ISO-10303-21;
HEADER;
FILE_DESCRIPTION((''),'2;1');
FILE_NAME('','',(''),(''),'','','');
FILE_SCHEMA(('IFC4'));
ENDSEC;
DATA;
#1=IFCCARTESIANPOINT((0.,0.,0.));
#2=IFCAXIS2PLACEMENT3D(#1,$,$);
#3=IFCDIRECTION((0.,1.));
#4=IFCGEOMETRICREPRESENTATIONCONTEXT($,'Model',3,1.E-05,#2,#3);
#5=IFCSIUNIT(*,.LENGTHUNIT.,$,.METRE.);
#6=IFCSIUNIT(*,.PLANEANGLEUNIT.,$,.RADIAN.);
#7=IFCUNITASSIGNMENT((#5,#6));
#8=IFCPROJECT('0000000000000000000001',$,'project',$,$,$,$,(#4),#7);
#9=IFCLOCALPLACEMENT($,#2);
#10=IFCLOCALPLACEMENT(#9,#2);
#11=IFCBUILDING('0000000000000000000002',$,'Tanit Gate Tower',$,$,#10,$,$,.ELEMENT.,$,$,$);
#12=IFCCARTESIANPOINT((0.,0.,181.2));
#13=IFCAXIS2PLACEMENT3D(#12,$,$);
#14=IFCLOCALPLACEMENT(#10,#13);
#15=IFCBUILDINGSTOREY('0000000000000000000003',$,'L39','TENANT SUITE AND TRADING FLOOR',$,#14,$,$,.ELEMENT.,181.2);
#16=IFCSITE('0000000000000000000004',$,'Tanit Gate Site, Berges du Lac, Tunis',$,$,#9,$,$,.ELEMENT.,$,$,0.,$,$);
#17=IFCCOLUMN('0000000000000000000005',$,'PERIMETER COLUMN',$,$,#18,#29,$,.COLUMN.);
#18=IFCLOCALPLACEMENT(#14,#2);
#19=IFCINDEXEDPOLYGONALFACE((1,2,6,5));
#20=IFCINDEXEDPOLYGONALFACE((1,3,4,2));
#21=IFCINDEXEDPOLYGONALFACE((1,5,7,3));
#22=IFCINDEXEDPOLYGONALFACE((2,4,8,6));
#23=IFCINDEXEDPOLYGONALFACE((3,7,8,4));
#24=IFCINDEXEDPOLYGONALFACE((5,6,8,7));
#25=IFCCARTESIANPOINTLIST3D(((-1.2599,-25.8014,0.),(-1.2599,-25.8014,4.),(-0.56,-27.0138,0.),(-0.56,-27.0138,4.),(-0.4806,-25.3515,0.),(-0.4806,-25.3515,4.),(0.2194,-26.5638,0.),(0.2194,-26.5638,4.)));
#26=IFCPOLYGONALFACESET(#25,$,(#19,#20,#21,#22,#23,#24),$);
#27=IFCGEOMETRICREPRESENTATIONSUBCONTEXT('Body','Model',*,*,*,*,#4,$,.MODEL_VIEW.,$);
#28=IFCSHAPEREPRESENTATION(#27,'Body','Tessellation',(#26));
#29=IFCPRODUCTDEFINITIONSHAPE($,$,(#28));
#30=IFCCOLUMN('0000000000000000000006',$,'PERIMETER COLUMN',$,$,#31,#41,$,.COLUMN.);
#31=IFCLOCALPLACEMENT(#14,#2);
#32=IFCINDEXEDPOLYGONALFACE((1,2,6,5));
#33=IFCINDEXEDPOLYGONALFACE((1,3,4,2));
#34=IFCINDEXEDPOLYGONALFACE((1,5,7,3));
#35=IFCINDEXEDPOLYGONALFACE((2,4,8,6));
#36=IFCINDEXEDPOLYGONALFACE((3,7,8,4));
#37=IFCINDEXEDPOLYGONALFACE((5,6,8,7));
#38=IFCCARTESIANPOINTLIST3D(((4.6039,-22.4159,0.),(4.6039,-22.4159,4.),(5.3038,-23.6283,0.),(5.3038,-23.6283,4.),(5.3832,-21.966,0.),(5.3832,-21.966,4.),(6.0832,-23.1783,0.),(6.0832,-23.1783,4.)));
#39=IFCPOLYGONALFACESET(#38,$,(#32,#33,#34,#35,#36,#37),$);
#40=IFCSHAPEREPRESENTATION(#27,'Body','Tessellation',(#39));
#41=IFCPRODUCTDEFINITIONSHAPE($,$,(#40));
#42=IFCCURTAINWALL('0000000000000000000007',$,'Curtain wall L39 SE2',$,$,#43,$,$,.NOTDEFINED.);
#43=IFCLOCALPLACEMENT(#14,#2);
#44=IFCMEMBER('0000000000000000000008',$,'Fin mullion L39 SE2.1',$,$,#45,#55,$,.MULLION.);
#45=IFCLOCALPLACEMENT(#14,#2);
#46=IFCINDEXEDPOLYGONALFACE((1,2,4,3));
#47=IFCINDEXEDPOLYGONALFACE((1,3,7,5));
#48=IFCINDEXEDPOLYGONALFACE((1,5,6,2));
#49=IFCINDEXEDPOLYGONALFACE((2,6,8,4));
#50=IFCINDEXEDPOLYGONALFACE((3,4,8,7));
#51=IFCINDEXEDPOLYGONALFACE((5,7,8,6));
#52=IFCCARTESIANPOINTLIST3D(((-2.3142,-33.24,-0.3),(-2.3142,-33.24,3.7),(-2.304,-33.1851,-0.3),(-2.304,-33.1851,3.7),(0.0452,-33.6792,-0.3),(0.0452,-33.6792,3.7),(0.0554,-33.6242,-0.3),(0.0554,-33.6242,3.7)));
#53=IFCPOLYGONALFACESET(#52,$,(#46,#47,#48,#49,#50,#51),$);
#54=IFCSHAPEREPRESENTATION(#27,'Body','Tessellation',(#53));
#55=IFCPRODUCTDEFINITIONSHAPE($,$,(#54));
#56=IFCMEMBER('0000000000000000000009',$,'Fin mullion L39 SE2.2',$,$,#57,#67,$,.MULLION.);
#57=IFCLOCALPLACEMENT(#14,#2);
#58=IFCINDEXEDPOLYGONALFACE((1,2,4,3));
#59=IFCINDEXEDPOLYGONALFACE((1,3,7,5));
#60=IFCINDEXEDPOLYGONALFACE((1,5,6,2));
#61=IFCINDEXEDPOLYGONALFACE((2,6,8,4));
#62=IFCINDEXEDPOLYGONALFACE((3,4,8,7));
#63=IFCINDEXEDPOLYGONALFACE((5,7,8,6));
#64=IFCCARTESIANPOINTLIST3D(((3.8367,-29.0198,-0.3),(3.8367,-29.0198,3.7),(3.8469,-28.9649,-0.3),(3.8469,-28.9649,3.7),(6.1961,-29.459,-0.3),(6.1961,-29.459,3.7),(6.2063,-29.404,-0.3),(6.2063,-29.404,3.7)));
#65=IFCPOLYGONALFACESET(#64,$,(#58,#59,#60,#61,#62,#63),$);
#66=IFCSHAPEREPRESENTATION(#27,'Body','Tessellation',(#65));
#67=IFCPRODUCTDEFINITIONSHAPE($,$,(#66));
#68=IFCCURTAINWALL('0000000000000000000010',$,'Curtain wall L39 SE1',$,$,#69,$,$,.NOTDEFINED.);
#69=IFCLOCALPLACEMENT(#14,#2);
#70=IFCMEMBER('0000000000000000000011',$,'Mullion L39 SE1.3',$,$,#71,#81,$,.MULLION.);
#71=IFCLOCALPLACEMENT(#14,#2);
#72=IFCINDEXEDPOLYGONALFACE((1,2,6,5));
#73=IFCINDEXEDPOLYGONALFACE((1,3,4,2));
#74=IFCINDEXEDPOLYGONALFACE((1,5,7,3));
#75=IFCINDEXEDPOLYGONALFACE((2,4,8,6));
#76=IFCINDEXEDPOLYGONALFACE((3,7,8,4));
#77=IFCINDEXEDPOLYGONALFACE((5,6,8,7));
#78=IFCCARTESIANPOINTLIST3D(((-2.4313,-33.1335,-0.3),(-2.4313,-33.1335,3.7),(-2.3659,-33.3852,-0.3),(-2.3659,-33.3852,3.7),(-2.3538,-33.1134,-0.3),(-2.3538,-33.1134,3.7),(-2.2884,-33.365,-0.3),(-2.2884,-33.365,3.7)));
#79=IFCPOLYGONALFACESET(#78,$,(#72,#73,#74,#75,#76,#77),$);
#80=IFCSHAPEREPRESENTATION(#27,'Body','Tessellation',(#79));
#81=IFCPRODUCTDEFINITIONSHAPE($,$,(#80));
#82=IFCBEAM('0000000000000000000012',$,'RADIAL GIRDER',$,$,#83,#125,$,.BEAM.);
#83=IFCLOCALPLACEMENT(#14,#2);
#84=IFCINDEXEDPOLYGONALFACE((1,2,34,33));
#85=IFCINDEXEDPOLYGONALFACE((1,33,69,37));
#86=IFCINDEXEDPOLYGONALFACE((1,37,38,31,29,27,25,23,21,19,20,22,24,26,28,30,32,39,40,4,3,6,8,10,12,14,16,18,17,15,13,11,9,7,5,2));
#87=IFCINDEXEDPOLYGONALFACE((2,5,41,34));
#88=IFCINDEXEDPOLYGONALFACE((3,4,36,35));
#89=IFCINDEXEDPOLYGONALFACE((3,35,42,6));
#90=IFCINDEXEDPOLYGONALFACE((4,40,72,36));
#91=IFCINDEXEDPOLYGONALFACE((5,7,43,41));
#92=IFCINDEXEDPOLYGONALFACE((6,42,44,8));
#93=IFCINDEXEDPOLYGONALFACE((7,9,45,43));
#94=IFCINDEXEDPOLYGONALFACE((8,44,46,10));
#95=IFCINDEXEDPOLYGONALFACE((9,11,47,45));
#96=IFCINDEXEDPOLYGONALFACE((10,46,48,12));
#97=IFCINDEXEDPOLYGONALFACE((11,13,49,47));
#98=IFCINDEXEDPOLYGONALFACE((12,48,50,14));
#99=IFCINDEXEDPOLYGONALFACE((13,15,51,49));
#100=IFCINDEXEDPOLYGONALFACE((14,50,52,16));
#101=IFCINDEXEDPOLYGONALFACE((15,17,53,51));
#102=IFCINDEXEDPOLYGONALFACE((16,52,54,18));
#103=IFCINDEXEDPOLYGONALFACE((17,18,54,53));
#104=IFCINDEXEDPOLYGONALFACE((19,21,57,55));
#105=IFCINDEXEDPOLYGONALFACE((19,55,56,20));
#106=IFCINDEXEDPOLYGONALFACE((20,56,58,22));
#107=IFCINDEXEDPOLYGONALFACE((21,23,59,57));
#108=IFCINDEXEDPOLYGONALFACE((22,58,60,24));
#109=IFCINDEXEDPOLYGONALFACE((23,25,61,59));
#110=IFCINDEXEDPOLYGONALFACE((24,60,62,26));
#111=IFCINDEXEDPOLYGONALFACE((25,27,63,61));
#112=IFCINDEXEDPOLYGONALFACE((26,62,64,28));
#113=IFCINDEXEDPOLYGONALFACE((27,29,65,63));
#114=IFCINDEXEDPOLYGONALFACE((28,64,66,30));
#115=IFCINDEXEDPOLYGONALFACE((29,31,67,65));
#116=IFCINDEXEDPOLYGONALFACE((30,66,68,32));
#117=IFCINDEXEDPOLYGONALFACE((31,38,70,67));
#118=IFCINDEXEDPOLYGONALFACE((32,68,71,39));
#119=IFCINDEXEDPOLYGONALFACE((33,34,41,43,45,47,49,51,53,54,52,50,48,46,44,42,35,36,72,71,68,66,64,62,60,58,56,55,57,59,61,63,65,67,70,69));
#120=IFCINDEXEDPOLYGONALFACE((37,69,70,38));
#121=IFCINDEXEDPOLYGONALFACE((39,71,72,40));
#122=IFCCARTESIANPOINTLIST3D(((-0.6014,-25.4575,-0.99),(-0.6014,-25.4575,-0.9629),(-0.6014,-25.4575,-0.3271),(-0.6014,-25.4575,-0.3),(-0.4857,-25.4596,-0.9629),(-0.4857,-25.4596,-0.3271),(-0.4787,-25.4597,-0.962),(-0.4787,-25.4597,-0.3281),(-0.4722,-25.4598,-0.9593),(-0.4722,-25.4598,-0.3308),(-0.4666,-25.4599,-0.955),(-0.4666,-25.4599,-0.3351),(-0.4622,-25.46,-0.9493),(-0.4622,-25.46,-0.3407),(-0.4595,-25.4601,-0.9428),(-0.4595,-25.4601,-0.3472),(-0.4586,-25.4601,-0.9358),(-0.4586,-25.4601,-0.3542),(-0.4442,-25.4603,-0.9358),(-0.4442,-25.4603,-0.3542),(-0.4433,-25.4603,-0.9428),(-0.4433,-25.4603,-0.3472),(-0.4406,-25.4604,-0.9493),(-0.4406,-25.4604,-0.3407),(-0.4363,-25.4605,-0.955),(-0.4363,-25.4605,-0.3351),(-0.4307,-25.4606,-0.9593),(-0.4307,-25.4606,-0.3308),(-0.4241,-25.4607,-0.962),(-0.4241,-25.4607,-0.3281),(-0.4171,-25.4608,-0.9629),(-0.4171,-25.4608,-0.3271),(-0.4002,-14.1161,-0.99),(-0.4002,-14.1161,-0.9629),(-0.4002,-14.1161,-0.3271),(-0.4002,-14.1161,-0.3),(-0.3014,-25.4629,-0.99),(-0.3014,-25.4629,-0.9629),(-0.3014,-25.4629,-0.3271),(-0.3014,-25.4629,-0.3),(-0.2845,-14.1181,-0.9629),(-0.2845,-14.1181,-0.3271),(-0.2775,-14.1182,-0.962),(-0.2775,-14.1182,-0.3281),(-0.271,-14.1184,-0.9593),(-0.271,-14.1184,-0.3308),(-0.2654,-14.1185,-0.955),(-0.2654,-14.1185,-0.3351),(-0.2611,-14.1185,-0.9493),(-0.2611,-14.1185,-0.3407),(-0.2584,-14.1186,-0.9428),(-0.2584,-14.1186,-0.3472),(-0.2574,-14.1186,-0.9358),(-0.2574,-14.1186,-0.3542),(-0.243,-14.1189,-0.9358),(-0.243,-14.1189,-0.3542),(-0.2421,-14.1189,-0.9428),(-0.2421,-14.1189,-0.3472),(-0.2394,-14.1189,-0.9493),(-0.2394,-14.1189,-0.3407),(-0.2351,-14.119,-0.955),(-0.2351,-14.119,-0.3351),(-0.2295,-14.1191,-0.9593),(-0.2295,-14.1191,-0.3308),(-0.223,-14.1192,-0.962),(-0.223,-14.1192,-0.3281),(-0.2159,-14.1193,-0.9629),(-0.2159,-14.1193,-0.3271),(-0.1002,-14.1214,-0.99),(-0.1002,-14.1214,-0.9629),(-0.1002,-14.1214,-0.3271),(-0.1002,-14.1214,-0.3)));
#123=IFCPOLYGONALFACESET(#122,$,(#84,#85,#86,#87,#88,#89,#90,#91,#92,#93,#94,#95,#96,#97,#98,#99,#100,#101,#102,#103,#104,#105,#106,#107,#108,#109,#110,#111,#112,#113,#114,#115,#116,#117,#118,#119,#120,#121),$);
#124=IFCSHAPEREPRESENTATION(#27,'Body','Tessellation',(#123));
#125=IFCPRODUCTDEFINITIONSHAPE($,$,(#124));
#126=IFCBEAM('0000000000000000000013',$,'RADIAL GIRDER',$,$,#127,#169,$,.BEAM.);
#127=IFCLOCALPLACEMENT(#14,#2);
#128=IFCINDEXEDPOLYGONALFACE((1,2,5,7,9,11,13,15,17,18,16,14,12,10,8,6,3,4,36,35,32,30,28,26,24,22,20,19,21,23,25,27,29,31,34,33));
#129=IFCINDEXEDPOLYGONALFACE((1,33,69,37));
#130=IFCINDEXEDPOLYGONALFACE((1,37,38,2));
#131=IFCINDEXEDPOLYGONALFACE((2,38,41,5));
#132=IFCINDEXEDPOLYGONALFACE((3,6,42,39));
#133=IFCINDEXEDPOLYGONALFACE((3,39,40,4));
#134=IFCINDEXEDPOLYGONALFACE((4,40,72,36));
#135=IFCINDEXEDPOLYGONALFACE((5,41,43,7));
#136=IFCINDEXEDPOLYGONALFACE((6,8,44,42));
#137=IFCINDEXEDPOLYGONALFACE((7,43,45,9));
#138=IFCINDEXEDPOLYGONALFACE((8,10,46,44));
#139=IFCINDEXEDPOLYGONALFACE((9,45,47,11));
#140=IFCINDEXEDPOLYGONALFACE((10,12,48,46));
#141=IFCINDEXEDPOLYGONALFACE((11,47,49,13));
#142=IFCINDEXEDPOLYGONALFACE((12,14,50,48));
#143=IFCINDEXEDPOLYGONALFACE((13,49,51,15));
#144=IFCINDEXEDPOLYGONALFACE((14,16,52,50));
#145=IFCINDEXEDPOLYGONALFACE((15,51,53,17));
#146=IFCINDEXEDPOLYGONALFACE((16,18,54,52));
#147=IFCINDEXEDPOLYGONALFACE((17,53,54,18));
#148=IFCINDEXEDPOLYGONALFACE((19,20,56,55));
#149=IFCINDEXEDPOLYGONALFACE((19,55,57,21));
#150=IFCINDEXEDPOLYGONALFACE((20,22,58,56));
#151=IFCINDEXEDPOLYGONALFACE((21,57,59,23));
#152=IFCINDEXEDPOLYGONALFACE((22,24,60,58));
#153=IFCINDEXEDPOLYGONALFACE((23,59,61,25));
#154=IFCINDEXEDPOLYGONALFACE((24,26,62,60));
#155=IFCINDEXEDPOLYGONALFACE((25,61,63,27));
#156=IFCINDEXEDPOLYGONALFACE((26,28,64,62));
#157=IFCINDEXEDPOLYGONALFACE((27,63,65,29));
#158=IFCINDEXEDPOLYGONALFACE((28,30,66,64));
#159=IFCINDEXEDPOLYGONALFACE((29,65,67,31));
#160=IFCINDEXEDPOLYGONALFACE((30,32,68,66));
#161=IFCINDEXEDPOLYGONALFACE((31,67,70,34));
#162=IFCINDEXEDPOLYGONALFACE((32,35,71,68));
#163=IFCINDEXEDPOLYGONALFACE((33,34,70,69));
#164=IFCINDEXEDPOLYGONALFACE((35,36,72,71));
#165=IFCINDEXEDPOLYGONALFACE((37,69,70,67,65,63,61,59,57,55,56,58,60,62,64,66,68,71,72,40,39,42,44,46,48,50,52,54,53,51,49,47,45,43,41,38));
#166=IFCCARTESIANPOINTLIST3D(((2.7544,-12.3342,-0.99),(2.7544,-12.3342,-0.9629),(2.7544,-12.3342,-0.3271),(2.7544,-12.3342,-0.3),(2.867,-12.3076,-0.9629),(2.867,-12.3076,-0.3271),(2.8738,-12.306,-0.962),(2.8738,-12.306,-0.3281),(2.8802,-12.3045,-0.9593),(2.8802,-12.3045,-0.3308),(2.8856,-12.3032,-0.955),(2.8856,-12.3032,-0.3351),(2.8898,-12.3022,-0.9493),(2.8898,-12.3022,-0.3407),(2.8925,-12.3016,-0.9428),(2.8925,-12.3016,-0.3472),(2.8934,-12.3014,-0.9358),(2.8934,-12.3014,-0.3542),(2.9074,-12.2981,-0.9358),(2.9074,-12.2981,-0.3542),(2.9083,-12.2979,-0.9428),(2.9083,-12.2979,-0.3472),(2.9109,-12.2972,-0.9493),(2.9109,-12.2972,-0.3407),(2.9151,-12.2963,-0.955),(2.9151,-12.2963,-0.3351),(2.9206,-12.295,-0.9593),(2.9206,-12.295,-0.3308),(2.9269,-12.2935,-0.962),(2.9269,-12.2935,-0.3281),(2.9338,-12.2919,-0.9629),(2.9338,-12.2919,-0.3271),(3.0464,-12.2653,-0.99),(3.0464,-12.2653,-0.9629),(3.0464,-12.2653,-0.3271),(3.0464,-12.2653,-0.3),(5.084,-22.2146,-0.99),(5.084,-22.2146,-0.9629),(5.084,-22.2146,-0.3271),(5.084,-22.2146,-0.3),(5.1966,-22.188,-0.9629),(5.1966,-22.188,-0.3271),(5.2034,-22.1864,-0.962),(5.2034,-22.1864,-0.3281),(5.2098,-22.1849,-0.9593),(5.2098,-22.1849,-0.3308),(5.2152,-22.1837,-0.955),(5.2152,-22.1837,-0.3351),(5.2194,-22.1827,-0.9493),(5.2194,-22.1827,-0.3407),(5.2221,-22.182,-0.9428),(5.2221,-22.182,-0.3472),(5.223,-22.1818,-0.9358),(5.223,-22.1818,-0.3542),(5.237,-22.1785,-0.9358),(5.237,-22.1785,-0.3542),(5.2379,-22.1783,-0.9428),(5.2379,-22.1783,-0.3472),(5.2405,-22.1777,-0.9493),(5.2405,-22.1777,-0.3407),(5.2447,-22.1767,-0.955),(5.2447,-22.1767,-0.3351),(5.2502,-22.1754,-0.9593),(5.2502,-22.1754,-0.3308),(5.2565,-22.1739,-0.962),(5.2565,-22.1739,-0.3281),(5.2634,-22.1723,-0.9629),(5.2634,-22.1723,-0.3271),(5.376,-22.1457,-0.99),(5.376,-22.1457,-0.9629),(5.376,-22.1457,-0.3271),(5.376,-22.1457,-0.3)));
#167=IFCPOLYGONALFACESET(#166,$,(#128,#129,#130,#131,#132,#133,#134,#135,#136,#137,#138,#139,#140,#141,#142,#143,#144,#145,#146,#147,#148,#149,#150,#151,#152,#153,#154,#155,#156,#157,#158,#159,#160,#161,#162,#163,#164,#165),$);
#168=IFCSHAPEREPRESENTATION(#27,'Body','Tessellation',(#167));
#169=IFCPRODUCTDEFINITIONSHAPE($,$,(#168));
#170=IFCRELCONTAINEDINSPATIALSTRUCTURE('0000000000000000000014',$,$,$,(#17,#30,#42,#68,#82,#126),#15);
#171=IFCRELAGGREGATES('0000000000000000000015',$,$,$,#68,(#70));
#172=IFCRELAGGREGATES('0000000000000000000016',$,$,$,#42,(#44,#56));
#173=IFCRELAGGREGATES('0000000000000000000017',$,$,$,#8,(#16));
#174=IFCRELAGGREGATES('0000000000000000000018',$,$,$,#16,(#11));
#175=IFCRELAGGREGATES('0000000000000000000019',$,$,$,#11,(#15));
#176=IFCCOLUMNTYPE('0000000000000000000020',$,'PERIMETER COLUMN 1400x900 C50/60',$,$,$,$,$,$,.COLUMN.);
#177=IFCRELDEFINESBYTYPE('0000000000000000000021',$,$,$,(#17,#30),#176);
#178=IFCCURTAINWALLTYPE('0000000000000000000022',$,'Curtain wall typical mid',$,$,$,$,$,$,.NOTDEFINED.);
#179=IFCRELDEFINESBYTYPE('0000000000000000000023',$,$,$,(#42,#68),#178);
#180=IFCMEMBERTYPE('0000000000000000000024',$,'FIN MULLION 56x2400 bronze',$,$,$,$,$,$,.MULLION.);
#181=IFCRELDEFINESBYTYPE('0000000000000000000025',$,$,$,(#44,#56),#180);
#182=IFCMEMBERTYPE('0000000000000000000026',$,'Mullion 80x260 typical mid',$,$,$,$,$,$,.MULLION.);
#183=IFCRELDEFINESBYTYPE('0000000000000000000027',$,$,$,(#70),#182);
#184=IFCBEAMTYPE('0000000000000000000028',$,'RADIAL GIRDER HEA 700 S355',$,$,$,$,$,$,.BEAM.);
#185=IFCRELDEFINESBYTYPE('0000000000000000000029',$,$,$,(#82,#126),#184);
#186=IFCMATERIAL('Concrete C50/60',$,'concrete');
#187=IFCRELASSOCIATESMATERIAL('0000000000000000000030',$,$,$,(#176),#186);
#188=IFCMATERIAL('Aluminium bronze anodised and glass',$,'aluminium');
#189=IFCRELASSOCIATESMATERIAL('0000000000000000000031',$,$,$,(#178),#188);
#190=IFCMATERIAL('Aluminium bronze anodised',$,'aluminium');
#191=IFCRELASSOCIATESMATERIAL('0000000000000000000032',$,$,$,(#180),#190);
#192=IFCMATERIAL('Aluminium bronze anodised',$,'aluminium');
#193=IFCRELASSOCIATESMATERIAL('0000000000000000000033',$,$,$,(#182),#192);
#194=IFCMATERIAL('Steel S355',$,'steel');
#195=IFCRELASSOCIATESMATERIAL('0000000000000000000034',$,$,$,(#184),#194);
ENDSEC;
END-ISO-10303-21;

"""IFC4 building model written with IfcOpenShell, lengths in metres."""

from ifc_helpers import new_model, si_unit, direction, frame, origin, origin_2d, place, context, subcontext, project, spatial, rectangle, i_section, extrude, material, material_profile, profile_set, type_object, element, aggregate, save


model = new_model("IFC4")

# Units and contexts
model_context = context("Model", 3, precision=1e-05, world=origin(), true_north=direction((0.0, 1.0)))
body_context = subcontext(model_context, "Body", "Model", "MODEL_VIEW")
ifc_project = project(units=[si_unit("LENGTHUNIT", "METRE"), si_unit("PLANEANGLEUNIT", "RADIAN")], contexts=[model_context])

# Site, building, storey
site_placement = place(None, origin())
site = spatial("IfcSite", under=ifc_project, at=site_placement, Name="Tanit Gate Site, Berges du Lac, Tunis", CompositionType="ELEMENT", RefElevation=0.0)
building_placement = place(site_placement, origin())
building = spatial("IfcBuilding", under=site, at=building_placement, Name="Tanit Gate Tower", CompositionType="ELEMENT")
storey_placement = place(building_placement, frame((0.0, 0.0, 181.2)))
storey = spatial("IfcBuildingStorey", under=building, at=storey_placement, Name="L39", Description="TENANT SUITE AND TRADING FLOOR", CompositionType="ELEMENT", Elevation=181.2)

# Columns
ifc_material_1 = material(Name="Concrete C50/60", Category="concrete")
ifc_material_profile_1 = material_profile(ifc_material_1, rectangle(XDim=1.3999, YDim=0.8999, at=origin_2d()), Name="RC 1400x900")
ifc_profile_set_1 = profile_set([ifc_material_profile_1], Name="Concrete C50/60")
column_type = type_object("IfcColumnType", Name="PERIMETER COLUMN 1400x900 C50/60", PredefinedType="COLUMN", material=ifc_profile_set_1)
for number, where, z_axis, x_axis, name in (
    (1, (-0.5203, -26.1826, 0.0), (0.0, 0.0, 1.0), (0.5, -0.866025, 0.0), "PERIMETER COLUMN"),
    (2, (5.3435, -22.7971, 0.0), (0.0, 0.0, 1.0), (0.5, -0.866025, 0.0), "PERIMETER COLUMN"),
):
    element("IfcColumn", number, at=place(storey_placement, frame(where, z_axis=z_axis, x_axis=x_axis)), inside=storey, type_object=column_type, Name=name, PredefinedType="COLUMN", context=body_context, shape_type="SweptSolid", body=[
        extrude(rectangle(XDim=1.3999, YDim=0.8999, at=origin_2d()), origin(), (0.0, 0.0, 1.0), 4.0),
    ])

# Curtain wall, members
ifc_material_2 = material(Name="Aluminium bronze anodised and glass", Category="aluminium")
curtain_wall_type = type_object("IfcCurtainWallType", Name="Curtain wall typical mid", PredefinedType="NOTDEFINED", material=ifc_material_2)
curtain_wall_1_placement = place(storey_placement, origin())
curtain_wall_1 = element("IfcCurtainWall", 3, at=curtain_wall_1_placement, inside=storey, type_object=curtain_wall_type, Name="Curtain wall L39 SE2", PredefinedType="NOTDEFINED")
ifc_material_3 = material(Name="Aluminium bronze anodised", Category="aluminium")
ifc_material_profile_2 = material_profile(ifc_material_3, rectangle(XDim=2.3999, YDim=0.0559, at=origin_2d()), Name="56x2400 bronze fin mullion")
ifc_profile_set_2 = profile_set([ifc_material_profile_2], Name="Aluminium bronze anodised")
member_type_1 = type_object("IfcMemberType", Name="FIN MULLION 56x2400 bronze", PredefinedType="MULLION", material=ifc_profile_set_2)
member_1_placement = place(storey_placement, frame((-1.1294, -33.4321, -0.3), z_axis=(0.0, 0.0, 1.0), x_axis=(-0.983116, 0.182983, 0.0)))
member_1 = element("IfcMember", 4, at=member_1_placement, type_object=member_type_1, Name="Fin mullion L39 SE2.1", PredefinedType="MULLION", context=body_context, shape_type="SweptSolid", body=[
    extrude(rectangle(XDim=2.3999, YDim=0.0559, at=origin_2d()), origin(), (0.0, 0.0, 1.0), 4.0),
])
member_2_placement = place(storey_placement, frame((5.0215, -29.2119, -0.3), z_axis=(0.0, 0.0, 1.0), x_axis=(-0.983116, 0.182983, 0.0)))
member_2 = element("IfcMember", 5, at=member_2_placement, type_object=member_type_1, Name="Fin mullion L39 SE2.2", PredefinedType="MULLION", context=body_context, shape_type="SweptSolid", body=[
    extrude(rectangle(XDim=2.3999, YDim=0.0559, at=origin_2d()), origin(), (0.0, 0.0, 1.0), 4.0),
])

# Curtain wall, member
curtain_wall_2_placement = place(storey_placement, origin())
curtain_wall_2 = element("IfcCurtainWall", 6, at=curtain_wall_2_placement, inside=storey, type_object=curtain_wall_type, Name="Curtain wall L39 SE1", PredefinedType="NOTDEFINED")
ifc_material_4 = material(Name="Aluminium bronze anodised", Category="aluminium")
ifc_material_profile_3 = material_profile(ifc_material_4, rectangle(XDim=0.26, YDim=0.0801, at=origin_2d()), Name="80x260 bronze mullion")
ifc_profile_set_3 = profile_set([ifc_material_profile_3], Name="Aluminium bronze anodised")
member_type_2 = type_object("IfcMemberType", Name="Mullion 80x260 typical mid", PredefinedType="MULLION", material=ifc_profile_set_3)
member_3_placement = place(storey_placement, frame((-2.3599, -33.2493, -0.3), z_axis=(0.0, 0.0, 1.0), x_axis=(-0.251432, 0.967875, 0.0)))
member_3 = element("IfcMember", 7, at=member_3_placement, type_object=member_type_2, Name="Mullion L39 SE1.3", PredefinedType="MULLION", context=body_context, shape_type="SweptSolid", body=[
    extrude(rectangle(XDim=0.26, YDim=0.0801, at=origin_2d()), origin(), (0.0, 0.0, 1.0), 4.0),
])
aggregate(curtain_wall_2, [member_3])

# Beams
ifc_material_5 = material(Name="Steel S355", Category="steel")
ifc_material_profile_4 = material_profile(ifc_material_5, i_section(OverallWidth=0.3, OverallDepth=0.6899, WebThickness=0.0144, FlangeThickness=0.0271, FilletRadius=0.0271, at=origin_2d()), Name="HEA 700")
ifc_profile_set_4 = profile_set([ifc_material_profile_4], Name="Steel S355")
beam_type_1 = type_object("IfcBeamType", Name="RADIAL GIRDER HEA 700 S355", PredefinedType="BEAM", material=ifc_profile_set_4)
beam_1_placement = place(storey_placement, frame((-0.4514, -25.4602, -0.645), z_axis=(0.017735, 0.999843, 0.0), x_axis=(-0.999843, 0.017735, 0.0)))
element("IfcBeam", 8, at=beam_1_placement, inside=storey, type_object=beam_type_1, Name="RADIAL GIRDER", PredefinedType="BEAM", context=body_context, shape_type="SweptSolid", body=[
    extrude(i_section(OverallWidth=0.3, OverallDepth=0.6899, WebThickness=0.0144, FlangeThickness=0.0271, FilletRadius=0.0271, at=origin_2d()), origin(), (0.0, 0.0, 1.0), 11.3433),
])
beam_2_placement = place(storey_placement, frame((5.23, -22.1802, -0.645), z_axis=(-0.229487, 0.973312, 0.0), x_axis=(-0.973312, -0.229487, 0.0)))
element("IfcBeam", 9, at=beam_2_placement, inside=storey, type_object=beam_type_1, Name="RADIAL GIRDER", PredefinedType="BEAM", context=body_context, shape_type="SweptSolid", body=[
    extrude(i_section(OverallWidth=0.3, OverallDepth=0.6899, WebThickness=0.0144, FlangeThickness=0.0271, FilletRadius=0.0271, at=origin_2d()), origin(), (0.0, 0.0, 1.0), 10.1514),
])

aggregate(curtain_wall_1, [member_1, member_2])

save(model, "model.ifc")
